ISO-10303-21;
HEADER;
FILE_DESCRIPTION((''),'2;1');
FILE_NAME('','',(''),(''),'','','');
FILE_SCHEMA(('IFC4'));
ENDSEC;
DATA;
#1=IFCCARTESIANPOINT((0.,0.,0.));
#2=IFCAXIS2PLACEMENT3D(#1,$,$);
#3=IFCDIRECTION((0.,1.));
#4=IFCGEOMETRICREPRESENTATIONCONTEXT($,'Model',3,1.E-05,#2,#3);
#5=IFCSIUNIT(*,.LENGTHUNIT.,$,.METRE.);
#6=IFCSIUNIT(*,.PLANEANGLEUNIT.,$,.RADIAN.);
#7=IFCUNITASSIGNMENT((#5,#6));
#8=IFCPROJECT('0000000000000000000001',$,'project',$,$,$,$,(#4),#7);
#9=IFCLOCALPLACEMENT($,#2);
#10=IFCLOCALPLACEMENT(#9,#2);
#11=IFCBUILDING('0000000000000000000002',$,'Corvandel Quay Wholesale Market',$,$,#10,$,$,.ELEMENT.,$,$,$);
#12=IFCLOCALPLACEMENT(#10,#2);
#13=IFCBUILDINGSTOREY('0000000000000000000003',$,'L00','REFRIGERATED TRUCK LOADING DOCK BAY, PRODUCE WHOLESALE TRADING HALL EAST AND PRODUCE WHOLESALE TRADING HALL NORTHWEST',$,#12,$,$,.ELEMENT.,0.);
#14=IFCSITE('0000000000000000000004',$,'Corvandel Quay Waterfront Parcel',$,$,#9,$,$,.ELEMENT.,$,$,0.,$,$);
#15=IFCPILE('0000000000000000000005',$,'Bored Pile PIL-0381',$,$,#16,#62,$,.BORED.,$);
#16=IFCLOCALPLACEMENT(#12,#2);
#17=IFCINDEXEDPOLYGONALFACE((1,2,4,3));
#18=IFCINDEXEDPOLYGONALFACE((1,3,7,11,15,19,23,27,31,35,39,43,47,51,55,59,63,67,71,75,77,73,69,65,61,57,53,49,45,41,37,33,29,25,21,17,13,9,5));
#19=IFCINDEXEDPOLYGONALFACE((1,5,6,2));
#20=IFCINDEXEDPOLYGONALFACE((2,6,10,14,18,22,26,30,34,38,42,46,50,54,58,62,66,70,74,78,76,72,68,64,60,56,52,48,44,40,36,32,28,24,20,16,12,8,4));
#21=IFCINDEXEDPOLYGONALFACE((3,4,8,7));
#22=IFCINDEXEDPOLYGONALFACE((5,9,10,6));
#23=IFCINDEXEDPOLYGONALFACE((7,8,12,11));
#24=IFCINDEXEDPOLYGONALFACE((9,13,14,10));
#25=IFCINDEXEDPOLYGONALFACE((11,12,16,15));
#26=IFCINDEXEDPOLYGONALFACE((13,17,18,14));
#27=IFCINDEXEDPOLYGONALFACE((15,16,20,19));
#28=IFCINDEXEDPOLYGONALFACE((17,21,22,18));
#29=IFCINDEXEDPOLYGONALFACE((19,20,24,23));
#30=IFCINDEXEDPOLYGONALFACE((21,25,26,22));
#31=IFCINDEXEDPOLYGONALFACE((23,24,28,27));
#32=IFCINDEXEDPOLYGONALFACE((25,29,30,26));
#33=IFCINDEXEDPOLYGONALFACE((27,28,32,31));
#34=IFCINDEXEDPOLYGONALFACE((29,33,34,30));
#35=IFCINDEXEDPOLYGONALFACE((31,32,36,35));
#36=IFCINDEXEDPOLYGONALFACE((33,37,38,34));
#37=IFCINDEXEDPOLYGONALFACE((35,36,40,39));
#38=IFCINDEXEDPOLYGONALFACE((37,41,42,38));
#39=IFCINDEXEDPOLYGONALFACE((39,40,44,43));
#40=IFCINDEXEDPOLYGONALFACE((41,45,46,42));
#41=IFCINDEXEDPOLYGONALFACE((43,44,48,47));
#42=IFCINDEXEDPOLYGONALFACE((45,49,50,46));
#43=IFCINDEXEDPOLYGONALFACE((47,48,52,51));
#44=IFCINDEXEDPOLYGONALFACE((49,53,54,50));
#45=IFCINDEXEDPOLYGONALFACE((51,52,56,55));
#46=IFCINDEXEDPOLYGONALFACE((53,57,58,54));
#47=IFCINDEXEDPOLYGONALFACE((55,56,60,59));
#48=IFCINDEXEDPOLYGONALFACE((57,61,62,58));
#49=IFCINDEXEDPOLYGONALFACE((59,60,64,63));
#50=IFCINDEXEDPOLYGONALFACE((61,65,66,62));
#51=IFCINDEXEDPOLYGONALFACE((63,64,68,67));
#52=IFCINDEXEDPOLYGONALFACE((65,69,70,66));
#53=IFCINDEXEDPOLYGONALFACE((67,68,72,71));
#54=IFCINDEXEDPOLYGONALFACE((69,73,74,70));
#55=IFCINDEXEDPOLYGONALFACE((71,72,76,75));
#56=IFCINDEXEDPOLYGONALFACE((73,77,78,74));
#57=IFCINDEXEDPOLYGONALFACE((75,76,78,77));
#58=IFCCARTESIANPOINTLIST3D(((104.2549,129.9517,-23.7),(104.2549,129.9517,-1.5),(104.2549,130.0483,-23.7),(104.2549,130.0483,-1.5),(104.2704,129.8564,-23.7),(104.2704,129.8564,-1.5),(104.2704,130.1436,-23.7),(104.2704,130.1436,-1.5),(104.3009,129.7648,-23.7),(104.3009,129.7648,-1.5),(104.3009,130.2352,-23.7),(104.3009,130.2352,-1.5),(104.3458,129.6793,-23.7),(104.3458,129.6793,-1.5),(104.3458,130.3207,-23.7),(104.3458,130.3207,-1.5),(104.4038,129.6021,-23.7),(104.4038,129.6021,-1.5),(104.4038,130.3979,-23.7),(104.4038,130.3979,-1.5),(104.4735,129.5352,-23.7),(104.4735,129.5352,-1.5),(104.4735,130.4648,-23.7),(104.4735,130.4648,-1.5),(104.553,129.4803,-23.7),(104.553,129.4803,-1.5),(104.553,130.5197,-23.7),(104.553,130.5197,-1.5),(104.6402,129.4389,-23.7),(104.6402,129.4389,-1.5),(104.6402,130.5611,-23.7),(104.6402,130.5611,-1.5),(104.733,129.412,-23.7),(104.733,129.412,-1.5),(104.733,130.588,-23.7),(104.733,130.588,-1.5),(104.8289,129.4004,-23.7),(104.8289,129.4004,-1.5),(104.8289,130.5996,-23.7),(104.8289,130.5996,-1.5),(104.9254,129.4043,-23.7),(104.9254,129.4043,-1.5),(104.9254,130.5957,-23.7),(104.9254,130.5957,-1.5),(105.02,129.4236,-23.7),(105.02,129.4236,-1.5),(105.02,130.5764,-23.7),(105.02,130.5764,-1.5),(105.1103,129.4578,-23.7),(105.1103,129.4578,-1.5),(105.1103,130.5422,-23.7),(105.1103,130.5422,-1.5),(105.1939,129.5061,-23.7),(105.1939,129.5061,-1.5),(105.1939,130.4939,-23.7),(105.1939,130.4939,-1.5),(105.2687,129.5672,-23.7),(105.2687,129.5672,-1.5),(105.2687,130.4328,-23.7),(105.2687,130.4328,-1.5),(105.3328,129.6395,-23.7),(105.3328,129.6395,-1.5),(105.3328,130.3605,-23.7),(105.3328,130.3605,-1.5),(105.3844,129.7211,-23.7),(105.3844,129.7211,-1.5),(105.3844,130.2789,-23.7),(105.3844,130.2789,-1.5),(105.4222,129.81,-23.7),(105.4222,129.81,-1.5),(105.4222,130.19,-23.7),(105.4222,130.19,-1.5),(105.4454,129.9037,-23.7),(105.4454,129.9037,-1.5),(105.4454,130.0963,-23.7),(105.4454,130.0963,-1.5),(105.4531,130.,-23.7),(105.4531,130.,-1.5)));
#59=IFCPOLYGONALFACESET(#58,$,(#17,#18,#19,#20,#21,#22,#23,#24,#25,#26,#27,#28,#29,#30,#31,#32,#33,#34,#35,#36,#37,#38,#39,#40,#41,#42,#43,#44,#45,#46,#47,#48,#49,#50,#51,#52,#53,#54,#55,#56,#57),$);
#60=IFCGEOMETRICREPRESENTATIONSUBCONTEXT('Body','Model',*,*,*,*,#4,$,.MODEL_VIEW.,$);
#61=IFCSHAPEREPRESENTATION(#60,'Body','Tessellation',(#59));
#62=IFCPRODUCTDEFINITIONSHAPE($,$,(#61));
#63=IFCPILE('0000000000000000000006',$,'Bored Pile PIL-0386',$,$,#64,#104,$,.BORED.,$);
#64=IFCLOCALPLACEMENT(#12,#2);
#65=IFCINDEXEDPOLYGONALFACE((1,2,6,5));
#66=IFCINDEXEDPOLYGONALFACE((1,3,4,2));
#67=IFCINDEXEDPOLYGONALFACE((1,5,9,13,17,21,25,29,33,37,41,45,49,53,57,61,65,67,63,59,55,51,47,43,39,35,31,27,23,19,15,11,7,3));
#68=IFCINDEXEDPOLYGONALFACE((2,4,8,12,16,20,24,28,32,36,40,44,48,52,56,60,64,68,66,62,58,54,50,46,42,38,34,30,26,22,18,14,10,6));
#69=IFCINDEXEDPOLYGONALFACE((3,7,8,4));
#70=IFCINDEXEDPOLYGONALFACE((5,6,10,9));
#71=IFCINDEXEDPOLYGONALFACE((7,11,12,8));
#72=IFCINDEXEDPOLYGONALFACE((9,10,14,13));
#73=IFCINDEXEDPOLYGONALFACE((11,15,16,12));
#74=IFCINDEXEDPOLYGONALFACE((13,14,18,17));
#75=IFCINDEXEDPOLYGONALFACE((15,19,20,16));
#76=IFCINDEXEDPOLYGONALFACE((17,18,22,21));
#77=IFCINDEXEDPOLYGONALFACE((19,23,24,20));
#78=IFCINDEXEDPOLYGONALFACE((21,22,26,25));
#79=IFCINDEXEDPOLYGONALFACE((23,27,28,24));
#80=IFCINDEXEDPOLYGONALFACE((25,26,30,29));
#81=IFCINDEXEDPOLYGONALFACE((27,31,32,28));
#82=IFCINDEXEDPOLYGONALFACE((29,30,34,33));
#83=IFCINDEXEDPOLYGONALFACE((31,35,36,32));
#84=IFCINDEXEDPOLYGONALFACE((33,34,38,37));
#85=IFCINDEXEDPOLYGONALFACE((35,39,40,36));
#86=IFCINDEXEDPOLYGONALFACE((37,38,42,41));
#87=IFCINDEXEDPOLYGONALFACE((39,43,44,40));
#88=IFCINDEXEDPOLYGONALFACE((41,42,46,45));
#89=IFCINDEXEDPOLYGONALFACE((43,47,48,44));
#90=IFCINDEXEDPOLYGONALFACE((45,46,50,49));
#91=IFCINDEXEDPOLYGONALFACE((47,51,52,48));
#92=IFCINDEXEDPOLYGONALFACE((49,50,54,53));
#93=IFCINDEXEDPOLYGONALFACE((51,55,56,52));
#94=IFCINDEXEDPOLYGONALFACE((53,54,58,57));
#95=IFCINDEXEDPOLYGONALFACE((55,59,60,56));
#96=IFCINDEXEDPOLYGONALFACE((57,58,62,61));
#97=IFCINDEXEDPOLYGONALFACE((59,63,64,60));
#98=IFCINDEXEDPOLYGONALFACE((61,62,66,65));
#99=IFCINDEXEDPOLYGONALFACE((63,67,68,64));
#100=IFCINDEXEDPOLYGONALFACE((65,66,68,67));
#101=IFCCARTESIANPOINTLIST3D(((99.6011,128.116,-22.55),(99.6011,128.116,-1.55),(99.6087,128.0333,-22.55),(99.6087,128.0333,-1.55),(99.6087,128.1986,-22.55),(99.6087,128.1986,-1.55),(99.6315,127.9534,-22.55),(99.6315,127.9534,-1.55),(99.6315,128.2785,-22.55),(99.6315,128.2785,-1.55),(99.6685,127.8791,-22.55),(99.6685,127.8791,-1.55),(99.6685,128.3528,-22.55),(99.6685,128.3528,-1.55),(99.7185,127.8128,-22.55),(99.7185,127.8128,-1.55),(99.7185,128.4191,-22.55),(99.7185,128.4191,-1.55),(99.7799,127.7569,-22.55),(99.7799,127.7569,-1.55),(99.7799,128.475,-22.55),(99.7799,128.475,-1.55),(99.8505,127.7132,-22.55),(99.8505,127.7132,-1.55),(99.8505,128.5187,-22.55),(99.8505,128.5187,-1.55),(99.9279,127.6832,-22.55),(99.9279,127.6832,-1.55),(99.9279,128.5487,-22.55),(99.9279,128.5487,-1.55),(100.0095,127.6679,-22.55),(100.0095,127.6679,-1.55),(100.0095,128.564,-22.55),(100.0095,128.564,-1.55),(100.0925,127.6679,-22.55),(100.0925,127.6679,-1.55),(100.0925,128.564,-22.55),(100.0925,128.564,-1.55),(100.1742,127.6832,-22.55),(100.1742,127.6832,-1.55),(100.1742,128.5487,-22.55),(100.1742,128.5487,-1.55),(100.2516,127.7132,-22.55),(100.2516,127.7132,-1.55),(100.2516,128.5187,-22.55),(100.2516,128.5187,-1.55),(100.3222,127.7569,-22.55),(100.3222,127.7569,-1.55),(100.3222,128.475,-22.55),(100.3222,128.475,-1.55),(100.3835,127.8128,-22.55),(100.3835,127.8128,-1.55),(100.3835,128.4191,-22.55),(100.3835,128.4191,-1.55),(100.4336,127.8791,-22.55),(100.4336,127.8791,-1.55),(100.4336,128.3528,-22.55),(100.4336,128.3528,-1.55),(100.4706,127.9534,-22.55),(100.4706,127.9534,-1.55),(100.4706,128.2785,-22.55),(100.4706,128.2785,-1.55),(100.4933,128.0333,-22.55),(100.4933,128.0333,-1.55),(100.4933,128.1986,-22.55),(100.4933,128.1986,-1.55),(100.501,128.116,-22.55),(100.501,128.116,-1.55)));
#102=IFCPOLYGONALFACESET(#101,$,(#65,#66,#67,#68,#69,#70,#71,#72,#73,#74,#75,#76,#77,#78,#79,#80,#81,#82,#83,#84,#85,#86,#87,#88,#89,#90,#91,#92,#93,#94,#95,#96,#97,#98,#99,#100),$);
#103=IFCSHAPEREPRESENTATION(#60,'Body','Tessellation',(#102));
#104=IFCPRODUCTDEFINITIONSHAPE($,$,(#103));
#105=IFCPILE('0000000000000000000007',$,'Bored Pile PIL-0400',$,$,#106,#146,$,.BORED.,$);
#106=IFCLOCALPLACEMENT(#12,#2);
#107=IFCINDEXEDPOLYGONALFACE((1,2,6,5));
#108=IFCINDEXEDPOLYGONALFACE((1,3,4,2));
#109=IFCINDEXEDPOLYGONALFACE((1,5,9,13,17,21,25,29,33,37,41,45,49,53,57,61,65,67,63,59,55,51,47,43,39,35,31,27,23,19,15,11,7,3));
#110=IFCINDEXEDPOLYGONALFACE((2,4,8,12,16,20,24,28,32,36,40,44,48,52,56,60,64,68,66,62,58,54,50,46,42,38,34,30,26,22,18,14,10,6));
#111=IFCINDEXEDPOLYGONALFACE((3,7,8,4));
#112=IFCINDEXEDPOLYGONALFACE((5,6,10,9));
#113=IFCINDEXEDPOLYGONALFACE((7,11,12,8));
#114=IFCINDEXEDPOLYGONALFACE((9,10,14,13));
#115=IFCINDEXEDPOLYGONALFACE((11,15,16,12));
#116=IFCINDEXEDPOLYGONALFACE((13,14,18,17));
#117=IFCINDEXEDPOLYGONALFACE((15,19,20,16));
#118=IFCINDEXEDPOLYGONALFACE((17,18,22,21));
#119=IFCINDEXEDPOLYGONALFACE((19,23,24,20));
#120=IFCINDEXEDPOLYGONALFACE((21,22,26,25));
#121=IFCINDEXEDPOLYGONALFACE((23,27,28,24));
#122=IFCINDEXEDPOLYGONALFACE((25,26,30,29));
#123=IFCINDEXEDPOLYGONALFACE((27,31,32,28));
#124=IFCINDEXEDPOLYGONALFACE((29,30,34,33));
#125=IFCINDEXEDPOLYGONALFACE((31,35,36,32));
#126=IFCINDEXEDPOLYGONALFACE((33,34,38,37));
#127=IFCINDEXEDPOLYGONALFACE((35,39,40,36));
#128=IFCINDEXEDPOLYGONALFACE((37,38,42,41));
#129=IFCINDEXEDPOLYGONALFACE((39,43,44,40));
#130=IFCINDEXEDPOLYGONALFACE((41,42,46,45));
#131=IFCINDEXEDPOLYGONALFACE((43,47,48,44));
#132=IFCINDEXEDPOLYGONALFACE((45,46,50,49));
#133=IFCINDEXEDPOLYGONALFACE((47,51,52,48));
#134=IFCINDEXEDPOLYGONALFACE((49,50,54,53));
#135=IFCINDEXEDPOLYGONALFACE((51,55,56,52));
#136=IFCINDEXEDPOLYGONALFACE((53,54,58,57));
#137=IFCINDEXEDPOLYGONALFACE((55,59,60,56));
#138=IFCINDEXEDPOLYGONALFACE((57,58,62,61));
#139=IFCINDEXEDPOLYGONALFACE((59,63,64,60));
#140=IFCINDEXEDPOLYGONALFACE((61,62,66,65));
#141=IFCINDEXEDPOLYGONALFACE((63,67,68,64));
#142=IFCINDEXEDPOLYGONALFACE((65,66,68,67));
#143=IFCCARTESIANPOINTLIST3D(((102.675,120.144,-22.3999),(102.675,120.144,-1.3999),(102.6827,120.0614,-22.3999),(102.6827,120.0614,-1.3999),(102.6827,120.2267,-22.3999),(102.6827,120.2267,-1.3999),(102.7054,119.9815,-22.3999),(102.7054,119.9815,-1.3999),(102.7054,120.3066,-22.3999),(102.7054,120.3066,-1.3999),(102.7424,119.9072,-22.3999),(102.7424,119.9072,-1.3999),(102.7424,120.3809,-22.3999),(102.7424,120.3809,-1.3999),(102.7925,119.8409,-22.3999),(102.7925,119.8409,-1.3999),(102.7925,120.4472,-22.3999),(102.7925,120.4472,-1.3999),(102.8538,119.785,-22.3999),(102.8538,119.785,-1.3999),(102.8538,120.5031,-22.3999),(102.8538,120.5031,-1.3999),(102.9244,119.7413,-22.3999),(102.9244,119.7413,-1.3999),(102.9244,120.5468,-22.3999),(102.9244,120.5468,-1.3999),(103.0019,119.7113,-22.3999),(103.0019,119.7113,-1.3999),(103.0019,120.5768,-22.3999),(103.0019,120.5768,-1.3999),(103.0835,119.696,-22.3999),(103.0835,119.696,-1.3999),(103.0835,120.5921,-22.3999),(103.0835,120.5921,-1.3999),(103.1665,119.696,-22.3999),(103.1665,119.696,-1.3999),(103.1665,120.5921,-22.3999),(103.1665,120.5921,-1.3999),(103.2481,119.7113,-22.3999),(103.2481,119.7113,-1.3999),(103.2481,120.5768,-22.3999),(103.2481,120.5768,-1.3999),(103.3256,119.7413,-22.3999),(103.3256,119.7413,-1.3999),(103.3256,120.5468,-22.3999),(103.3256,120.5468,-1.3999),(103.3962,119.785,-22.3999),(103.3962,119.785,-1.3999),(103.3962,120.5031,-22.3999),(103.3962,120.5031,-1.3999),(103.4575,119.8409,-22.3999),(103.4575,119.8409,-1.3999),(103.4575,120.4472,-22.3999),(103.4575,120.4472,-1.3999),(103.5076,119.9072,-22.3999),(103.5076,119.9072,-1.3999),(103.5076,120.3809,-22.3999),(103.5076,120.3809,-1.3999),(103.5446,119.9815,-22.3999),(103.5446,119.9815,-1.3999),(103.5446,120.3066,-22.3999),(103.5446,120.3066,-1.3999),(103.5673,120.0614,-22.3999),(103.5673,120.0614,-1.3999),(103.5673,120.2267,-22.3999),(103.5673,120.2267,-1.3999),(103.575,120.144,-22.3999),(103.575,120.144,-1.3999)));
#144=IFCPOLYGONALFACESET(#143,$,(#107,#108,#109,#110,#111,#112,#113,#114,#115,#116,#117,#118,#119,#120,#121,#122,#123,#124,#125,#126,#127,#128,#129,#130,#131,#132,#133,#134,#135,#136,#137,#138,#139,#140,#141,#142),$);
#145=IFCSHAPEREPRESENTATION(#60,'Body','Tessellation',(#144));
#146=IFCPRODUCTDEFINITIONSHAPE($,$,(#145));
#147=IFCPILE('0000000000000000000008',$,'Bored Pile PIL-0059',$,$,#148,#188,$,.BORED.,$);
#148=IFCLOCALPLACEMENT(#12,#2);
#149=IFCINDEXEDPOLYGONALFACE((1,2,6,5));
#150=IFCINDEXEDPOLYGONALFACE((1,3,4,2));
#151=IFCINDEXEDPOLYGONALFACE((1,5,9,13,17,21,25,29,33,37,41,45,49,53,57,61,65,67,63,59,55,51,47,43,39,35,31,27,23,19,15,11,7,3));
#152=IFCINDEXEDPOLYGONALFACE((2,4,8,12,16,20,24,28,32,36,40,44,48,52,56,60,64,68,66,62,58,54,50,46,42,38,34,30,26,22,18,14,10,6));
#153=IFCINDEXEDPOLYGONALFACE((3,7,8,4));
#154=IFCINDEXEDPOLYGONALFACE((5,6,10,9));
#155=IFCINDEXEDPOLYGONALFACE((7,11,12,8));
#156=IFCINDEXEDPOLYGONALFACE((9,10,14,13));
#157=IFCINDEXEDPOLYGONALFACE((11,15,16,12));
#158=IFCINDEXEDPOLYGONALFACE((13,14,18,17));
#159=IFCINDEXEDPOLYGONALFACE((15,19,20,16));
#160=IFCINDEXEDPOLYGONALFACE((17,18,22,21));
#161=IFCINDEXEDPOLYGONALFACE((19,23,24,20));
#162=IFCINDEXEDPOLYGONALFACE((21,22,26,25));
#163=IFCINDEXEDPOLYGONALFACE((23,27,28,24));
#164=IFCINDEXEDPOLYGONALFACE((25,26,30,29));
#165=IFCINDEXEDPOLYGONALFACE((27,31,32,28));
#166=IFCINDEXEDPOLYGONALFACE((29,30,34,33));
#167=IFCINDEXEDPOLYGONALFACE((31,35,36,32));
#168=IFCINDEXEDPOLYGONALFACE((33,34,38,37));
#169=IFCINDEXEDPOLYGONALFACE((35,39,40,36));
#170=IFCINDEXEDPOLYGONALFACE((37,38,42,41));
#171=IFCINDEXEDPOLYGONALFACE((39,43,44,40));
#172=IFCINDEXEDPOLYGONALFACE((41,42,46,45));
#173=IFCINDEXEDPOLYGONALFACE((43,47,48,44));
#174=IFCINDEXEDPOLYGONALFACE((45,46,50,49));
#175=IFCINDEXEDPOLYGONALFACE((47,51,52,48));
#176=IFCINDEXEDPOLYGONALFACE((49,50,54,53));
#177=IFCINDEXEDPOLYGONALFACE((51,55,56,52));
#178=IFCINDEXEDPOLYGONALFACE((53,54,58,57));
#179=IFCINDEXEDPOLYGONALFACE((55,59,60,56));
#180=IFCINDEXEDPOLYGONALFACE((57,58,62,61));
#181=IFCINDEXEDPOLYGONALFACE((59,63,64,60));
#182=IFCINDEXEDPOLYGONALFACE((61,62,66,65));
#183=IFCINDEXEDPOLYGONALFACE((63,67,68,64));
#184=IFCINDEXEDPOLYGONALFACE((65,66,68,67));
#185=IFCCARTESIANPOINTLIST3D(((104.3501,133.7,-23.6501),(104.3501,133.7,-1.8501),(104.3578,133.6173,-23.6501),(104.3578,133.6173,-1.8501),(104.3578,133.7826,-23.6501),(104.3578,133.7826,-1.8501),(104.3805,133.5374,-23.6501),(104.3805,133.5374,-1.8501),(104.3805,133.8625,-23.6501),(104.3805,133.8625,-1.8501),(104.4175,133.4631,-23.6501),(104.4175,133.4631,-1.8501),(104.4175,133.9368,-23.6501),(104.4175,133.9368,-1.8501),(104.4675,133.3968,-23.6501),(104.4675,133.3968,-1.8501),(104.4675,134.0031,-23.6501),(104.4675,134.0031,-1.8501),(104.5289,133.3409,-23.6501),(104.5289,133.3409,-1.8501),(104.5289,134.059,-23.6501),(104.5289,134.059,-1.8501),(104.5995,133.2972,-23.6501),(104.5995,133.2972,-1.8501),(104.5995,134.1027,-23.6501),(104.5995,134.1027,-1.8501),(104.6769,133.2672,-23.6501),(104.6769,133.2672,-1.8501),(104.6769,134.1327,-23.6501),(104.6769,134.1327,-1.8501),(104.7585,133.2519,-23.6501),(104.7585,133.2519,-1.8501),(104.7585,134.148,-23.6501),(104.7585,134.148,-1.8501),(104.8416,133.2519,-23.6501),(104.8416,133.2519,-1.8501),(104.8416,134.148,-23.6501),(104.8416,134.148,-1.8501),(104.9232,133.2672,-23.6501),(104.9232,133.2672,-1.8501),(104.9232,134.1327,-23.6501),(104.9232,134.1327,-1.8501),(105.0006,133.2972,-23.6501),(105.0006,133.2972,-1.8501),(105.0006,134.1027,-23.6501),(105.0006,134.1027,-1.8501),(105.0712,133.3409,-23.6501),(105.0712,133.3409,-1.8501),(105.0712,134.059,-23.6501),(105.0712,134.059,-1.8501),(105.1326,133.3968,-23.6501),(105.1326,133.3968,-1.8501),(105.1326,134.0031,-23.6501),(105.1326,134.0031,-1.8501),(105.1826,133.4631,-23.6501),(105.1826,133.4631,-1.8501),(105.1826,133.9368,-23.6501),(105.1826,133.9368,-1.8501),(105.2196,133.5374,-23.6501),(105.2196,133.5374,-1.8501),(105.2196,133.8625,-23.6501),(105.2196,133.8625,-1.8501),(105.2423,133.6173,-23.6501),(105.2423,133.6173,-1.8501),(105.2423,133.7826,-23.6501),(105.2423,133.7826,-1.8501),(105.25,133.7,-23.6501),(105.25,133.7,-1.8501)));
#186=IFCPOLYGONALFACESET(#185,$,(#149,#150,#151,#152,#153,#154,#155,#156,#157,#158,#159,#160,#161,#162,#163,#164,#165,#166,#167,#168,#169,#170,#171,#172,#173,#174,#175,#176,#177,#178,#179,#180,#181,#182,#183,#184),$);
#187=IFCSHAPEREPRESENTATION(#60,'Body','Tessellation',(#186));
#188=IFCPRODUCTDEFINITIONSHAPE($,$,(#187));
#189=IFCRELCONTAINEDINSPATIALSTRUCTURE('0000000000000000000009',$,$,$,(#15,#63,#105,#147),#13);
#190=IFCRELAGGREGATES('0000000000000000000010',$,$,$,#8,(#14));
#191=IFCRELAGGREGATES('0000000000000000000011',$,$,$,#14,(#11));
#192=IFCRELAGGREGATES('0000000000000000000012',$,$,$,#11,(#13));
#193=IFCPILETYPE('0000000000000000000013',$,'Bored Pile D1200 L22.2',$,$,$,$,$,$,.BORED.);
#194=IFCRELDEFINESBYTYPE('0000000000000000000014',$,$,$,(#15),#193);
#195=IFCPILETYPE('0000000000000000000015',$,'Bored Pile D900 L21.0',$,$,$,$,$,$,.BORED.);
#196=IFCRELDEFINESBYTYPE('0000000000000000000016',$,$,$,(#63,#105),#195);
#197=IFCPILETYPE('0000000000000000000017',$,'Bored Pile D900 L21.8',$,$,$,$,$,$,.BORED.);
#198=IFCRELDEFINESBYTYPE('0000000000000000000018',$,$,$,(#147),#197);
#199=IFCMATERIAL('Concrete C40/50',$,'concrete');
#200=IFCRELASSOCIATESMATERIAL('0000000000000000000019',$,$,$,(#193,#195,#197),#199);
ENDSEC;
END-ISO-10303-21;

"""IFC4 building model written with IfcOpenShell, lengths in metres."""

from ifc_helpers import new_model, si_unit, direction, frame, origin, origin_2d, place, context, subcontext, project, spatial, circle, extrude, material, material_profile, profile_set, type_object, element, save


model = new_model("IFC4")

# Units and contexts
model_context = context("Model", 3, precision=1e-05, world=origin(), true_north=direction((0.0, 1.0)))
body_context = subcontext(model_context, "Body", "Model", "MODEL_VIEW")
ifc_project = project(units=[si_unit("LENGTHUNIT", "METRE"), si_unit("PLANEANGLEUNIT", "RADIAN")], contexts=[model_context])

# Site, building, storey
site_placement = place(None, origin())
site = spatial("IfcSite", under=ifc_project, at=site_placement, Name="Corvandel Quay Waterfront Parcel", CompositionType="ELEMENT", RefElevation=0.0)
building_placement = place(site_placement, origin())
building = spatial("IfcBuilding", under=site, at=building_placement, Name="Corvandel Quay Wholesale Market", CompositionType="ELEMENT")
storey_placement = place(building_placement, origin())
storey = spatial("IfcBuildingStorey", under=building, at=storey_placement, Name="L00", Description="REFRIGERATED TRUCK LOADING DOCK BAY, PRODUCE WHOLESALE TRADING HALL EAST AND PRODUCE WHOLESALE TRADING HALL NORTHWEST", CompositionType="ELEMENT", Elevation=0.0)

# Piles
ifc_material_1 = material(Name="Concrete C40/50", Category="concrete")
ifc_material_profile_1 = material_profile(ifc_material_1, circle(Radius=0.6001, at=origin_2d()), Name="RC-PILE-D1200")
ifc_profile_set_1 = profile_set([ifc_material_profile_1], Name="Concrete C40/50")
pile_type_1 = type_object("IfcPileType", Name="Bored Pile D1200 L22.2", PredefinedType="BORED", material=ifc_profile_set_1)
pile_placement = place(storey_placement, frame((104.853, 130.0, -1.5), z_axis=(0.0, 0.0, -1.0), x_axis=(1.0, 0.0, 0.0)))
element("IfcPile", 1, at=pile_placement, inside=storey, type_object=pile_type_1, Name="Bored Pile PIL-0381", PredefinedType="BORED", context=body_context, shape_type="SweptSolid", body=[
    extrude(circle(Radius=0.6001, at=origin_2d()), origin(), (0.0, 0.0, 1.0), 22.2),
])
ifc_material_profile_2 = material_profile(ifc_material_1, circle(Radius=0.45, at=origin_2d()), Name="RC-PILE-D900")
ifc_profile_set_2 = profile_set([ifc_material_profile_2], Name="Concrete C40/50")
pile_type_2 = type_object("IfcPileType", Name="Bored Pile D900 L21.0", PredefinedType="BORED", material=ifc_profile_set_2)
for number, where, z_axis, x_axis, name in (
    (2, (100.051, 128.116, -1.55), (0.0, 0.0, -1.0), (1.0, 0.0, 0.0), "Bored Pile PIL-0386"),
    (3, (103.125, 120.144, -1.3999), (0.0, 0.0, -1.0), (1.0, 0.0, 0.0), "Bored Pile PIL-0400"),
):
    element("IfcPile", number, at=place(storey_placement, frame(where, z_axis=z_axis, x_axis=x_axis)), inside=storey, type_object=pile_type_2, Name=name, PredefinedType="BORED", context=body_context, shape_type="SweptSolid", body=[
        extrude(circle(Radius=0.45, at=origin_2d()), origin(), (0.0, 0.0, 1.0), 21.0),
    ])
ifc_material_profile_3 = material_profile(ifc_material_1, circle(Radius=0.45, at=origin_2d()), Name="RC-PILE-D900")
ifc_profile_set_3 = profile_set([ifc_material_profile_3], Name="Concrete C40/50")
pile_type_3 = type_object("IfcPileType", Name="Bored Pile D900 L21.8", PredefinedType="BORED", material=ifc_profile_set_3)
for number, where, z_axis, x_axis, name in (
    (4, (104.8, 133.7, -1.8501), (0.0, 0.0, -1.0), (1.0, 0.0, 0.0), "Bored Pile PIL-0059"),
):
    element("IfcPile", number, at=place(storey_placement, frame(where, z_axis=z_axis, x_axis=x_axis)), inside=storey, type_object=pile_type_3, Name=name, PredefinedType="BORED", context=body_context, shape_type="SweptSolid", body=[
        extrude(circle(Radius=0.45, at=origin_2d()), origin(), (0.0, 0.0, 1.0), 21.8),
    ])

save(model, "model.ifc")
